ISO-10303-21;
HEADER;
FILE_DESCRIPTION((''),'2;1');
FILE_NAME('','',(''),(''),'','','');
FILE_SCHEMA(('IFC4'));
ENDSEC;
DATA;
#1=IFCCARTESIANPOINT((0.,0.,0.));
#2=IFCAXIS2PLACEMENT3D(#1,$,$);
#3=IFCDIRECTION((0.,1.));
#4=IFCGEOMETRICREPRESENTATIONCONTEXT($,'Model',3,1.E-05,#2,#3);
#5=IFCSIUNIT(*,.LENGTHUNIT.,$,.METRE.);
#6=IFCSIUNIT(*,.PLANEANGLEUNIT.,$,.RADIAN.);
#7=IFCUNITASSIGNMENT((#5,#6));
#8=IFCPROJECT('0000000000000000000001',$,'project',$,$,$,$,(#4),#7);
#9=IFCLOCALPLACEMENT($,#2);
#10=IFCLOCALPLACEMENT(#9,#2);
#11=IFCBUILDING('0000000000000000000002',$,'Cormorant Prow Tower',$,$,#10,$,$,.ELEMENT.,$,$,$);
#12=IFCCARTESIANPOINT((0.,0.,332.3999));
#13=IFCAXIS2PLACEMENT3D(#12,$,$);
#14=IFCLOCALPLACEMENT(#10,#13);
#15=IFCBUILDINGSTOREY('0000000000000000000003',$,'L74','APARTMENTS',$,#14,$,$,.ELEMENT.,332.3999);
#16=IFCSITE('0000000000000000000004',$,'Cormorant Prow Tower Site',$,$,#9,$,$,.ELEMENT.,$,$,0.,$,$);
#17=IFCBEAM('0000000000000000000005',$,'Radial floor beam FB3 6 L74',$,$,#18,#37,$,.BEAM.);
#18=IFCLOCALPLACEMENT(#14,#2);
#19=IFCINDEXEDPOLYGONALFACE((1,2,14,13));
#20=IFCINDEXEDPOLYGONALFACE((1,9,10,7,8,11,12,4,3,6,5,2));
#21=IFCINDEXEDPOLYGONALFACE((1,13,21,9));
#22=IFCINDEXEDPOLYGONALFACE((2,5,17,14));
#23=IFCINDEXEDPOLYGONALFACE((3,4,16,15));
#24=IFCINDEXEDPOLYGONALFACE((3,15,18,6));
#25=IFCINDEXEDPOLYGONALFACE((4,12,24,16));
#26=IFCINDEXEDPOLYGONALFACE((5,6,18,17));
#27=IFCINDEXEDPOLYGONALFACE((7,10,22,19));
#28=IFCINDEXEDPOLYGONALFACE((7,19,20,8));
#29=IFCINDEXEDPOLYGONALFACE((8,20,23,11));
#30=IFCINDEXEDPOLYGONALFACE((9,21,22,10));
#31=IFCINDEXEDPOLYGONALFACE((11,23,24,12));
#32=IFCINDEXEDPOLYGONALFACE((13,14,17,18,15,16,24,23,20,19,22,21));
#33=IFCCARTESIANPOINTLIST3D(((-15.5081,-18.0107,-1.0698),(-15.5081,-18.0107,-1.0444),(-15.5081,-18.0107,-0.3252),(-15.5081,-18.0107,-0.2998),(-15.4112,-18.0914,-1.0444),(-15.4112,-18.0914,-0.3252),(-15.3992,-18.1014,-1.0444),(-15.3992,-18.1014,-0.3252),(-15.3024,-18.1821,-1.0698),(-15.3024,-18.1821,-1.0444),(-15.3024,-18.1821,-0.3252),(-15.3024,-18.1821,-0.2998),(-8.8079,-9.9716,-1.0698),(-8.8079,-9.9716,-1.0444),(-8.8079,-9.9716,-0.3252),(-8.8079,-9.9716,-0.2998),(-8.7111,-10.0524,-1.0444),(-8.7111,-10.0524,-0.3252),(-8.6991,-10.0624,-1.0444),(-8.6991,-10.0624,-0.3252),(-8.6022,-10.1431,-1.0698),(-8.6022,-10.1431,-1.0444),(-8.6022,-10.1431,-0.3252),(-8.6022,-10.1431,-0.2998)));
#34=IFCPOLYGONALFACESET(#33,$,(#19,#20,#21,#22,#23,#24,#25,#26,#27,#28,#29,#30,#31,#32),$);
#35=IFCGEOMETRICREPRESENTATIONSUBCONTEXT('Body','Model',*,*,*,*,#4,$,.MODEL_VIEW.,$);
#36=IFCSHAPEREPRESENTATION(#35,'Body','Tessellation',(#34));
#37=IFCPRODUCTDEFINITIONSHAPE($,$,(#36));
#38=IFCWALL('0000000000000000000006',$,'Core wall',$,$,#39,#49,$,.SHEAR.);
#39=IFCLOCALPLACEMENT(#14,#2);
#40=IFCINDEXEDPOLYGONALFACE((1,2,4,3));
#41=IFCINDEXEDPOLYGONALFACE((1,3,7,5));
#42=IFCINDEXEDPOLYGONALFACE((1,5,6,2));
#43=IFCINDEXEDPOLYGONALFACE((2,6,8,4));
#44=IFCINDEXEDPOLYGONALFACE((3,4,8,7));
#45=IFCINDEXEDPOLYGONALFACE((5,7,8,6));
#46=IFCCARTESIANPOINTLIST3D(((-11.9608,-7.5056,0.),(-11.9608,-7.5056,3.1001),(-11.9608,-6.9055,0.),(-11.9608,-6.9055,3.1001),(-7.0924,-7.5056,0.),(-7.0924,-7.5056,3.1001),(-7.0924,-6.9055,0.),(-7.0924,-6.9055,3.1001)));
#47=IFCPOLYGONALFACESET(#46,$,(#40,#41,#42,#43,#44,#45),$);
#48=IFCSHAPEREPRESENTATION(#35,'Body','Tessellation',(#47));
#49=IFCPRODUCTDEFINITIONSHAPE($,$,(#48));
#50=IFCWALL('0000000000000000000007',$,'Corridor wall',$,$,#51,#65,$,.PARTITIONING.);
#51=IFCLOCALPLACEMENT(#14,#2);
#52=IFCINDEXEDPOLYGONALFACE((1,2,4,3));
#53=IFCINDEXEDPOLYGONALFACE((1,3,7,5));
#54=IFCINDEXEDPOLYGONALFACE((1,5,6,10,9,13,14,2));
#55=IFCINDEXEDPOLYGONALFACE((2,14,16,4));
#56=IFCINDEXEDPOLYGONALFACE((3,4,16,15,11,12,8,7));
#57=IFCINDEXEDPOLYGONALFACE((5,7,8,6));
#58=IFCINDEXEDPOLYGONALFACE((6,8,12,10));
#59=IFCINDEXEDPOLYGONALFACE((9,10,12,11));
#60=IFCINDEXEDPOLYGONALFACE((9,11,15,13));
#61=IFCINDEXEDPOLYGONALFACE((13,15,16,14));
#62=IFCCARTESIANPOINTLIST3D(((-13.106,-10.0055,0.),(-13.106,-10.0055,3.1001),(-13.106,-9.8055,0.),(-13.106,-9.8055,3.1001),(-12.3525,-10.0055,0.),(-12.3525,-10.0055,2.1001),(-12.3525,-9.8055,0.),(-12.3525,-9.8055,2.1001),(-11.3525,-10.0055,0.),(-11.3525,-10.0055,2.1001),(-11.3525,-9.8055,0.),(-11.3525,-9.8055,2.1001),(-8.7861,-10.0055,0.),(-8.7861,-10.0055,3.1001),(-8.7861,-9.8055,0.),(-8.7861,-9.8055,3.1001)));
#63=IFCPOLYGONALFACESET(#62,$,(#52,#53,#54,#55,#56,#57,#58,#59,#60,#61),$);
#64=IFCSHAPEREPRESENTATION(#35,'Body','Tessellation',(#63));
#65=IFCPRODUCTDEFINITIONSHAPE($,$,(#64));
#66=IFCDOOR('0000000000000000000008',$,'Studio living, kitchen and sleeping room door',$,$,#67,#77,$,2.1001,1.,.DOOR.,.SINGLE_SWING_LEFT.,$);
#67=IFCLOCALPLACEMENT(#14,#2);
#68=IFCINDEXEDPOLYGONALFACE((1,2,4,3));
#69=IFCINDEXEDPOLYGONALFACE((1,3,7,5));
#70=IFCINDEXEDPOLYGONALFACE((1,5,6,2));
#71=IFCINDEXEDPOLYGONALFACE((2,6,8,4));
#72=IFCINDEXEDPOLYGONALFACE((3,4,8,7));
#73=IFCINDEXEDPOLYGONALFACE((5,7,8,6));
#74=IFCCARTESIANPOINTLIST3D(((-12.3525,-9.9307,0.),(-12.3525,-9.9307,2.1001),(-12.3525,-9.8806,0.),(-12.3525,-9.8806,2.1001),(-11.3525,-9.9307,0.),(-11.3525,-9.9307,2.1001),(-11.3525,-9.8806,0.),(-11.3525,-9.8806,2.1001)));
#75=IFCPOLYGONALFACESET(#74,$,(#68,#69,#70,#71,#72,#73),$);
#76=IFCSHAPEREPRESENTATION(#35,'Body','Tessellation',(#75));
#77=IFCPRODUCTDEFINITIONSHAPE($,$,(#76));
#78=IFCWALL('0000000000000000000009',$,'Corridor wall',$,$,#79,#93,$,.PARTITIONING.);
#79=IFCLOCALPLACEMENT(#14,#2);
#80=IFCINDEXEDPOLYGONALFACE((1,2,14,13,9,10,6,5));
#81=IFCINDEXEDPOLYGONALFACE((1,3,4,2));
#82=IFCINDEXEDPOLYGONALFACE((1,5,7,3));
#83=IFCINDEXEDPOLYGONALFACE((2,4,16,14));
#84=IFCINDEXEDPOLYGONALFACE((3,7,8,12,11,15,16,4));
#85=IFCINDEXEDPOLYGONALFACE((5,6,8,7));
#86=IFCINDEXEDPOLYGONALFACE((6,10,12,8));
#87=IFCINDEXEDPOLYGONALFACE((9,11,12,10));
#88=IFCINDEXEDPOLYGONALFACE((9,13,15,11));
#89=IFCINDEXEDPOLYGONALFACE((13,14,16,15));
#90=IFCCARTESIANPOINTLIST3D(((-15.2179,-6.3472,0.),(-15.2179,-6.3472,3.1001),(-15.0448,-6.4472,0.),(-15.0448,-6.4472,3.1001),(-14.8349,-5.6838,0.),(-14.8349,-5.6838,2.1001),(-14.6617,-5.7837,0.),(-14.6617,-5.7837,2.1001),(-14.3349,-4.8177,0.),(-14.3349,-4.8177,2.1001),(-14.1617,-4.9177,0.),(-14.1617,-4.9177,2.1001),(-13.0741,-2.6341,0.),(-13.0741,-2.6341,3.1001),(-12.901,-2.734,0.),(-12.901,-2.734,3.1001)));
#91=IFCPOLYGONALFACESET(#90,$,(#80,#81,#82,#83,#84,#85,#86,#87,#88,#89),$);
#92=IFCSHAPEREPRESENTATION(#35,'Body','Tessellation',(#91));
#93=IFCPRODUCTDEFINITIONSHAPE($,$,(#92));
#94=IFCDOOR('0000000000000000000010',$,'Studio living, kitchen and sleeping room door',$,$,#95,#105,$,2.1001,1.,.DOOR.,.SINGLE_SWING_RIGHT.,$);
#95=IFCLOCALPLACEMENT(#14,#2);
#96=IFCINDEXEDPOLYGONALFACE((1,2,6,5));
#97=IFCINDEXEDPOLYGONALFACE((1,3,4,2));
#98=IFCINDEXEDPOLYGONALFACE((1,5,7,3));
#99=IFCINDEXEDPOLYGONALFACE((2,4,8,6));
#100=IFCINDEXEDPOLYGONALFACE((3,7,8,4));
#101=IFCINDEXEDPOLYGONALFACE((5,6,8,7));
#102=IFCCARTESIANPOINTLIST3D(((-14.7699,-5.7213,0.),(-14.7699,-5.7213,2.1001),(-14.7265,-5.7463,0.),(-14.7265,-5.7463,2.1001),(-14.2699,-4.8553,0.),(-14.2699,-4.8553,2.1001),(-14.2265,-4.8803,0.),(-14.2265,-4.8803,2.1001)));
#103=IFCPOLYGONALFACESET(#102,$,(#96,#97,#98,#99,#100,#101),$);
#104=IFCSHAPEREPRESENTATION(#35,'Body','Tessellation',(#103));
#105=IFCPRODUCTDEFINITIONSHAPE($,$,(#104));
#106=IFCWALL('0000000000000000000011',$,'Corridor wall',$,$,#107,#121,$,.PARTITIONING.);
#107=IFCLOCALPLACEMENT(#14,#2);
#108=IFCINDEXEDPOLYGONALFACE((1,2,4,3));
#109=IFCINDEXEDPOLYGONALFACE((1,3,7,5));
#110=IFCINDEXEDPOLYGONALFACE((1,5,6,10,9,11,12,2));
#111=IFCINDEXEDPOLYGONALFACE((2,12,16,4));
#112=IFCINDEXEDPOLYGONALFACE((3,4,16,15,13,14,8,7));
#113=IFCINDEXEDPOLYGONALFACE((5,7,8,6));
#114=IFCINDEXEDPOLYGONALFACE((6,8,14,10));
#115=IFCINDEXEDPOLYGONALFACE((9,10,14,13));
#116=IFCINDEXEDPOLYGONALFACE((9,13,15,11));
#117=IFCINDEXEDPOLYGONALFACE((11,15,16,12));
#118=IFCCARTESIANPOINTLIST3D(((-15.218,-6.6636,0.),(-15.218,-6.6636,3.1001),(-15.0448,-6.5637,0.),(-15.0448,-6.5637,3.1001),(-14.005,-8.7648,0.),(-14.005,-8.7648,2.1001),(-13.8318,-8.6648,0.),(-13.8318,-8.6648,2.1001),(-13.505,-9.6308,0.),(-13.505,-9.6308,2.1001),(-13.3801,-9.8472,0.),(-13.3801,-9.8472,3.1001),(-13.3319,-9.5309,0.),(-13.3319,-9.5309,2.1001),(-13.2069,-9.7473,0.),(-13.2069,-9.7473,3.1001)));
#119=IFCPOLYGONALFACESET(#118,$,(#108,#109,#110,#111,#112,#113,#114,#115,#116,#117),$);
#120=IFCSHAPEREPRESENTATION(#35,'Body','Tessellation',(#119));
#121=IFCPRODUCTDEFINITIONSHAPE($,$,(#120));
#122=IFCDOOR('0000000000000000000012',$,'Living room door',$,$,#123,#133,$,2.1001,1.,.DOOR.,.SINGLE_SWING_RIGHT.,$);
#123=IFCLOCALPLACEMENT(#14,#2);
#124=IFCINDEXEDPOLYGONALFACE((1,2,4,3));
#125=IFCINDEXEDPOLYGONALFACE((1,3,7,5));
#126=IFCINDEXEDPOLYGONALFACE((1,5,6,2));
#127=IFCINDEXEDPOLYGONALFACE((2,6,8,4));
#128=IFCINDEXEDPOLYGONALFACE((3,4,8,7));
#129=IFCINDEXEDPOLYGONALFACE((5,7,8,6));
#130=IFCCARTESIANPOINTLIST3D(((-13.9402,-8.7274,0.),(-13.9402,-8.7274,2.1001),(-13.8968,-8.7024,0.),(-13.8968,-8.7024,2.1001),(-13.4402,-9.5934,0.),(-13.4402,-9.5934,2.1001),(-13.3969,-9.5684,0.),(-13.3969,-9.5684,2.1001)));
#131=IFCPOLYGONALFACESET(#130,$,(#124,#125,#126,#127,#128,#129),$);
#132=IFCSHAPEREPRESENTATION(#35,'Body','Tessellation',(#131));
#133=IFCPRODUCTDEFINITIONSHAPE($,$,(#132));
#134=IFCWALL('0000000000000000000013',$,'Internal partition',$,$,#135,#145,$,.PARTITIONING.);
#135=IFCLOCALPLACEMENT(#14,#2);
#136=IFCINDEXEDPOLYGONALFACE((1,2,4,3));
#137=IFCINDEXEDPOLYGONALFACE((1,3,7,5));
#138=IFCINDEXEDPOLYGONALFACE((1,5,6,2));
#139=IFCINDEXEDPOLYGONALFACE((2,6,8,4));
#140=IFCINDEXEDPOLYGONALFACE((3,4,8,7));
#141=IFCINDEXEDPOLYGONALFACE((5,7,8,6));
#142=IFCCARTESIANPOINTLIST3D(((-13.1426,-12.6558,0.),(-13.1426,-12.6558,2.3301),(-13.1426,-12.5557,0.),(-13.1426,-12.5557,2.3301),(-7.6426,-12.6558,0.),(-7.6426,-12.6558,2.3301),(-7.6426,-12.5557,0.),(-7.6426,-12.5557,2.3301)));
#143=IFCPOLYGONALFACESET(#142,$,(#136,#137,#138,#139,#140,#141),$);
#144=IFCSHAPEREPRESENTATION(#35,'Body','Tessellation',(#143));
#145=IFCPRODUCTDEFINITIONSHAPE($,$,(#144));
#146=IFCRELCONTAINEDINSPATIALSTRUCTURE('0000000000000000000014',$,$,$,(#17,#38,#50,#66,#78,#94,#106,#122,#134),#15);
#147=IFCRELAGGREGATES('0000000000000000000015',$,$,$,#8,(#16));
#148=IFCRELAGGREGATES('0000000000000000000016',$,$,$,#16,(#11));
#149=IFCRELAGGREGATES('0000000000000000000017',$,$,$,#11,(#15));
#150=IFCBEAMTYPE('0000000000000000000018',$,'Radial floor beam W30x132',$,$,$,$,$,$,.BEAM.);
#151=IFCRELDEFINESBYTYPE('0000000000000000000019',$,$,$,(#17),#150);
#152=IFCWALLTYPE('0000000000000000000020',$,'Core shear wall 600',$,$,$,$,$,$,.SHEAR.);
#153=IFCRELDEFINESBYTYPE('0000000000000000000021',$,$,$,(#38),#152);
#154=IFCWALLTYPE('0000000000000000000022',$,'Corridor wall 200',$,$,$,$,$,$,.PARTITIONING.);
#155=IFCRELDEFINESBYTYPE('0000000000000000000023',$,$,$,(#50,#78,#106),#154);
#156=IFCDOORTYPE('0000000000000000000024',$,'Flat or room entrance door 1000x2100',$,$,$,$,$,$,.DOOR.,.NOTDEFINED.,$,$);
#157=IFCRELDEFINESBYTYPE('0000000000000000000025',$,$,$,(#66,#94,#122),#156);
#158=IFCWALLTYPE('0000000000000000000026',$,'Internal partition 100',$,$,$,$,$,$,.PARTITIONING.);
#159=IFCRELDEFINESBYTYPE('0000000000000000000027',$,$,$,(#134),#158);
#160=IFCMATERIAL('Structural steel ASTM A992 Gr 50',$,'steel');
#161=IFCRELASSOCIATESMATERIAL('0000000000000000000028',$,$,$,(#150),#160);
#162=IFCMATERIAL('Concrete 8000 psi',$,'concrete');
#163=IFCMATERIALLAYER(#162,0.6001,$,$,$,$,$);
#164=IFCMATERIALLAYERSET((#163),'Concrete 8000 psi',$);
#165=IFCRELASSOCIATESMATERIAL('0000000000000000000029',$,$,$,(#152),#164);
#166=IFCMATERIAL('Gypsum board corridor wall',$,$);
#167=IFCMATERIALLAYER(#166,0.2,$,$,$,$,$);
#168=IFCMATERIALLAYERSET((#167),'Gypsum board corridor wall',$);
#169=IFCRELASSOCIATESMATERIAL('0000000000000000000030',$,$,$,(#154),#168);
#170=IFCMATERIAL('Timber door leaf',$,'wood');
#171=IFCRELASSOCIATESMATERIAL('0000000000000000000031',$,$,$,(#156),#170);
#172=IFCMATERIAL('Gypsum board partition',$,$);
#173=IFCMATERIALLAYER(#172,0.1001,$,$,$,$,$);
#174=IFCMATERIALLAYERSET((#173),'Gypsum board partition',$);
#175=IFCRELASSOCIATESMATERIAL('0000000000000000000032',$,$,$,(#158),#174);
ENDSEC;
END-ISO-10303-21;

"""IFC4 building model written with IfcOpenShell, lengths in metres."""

from ifc_helpers import new_model, si_unit, direction, frame, frame_2d, origin, origin_2d, place, context, subcontext, project, spatial, rectangle, i_section, extrude, material, layer, layer_set, material_profile, profile_set, type_object, element, fill, save


model = new_model("IFC4")

# Units and contexts
model_context = context("Model", 3, precision=1e-05, world=origin(), true_north=direction((0.0, 1.0)))
body_context = subcontext(model_context, "Body", "Model", "MODEL_VIEW")
ifc_project = project(units=[si_unit("LENGTHUNIT", "METRE"), si_unit("PLANEANGLEUNIT", "RADIAN")], contexts=[model_context])

# Site, building, storey
site_placement = place(None, origin())
site = spatial("IfcSite", under=ifc_project, at=site_placement, Name="Cormorant Prow Tower Site", CompositionType="ELEMENT", RefElevation=0.0)
building_placement = place(site_placement, origin())
building = spatial("IfcBuilding", under=site, at=building_placement, Name="Cormorant Prow Tower", CompositionType="ELEMENT")
storey_placement = place(building_placement, frame((0.0, 0.0, 332.3999)))
storey = spatial("IfcBuildingStorey", under=building, at=storey_placement, Name="L74", Description="APARTMENTS", CompositionType="ELEMENT", Elevation=332.3999)

# Beam
ifc_material_1 = material(Name="Structural steel ASTM A992 Gr 50", Category="steel")
ifc_material_profile = material_profile(ifc_material_1, i_section(OverallWidth=0.2678, OverallDepth=0.77, WebThickness=0.0156, FlangeThickness=0.0254, at=origin_2d()), Name="W30x132")
ifc_profile_set = profile_set([ifc_material_profile], Name="Structural steel ASTM A992 Gr 50")
beam_type = type_object("IfcBeamType", Name="Radial floor beam W30x132", PredefinedType="BEAM", material=ifc_profile_set)
beam_placement = place(storey_placement, frame((-8.7051, -10.0574, -0.6848), z_axis=(-0.640239, -0.768175, 0.0), x_axis=(0.768175, -0.640239, 0.0)))
element("IfcBeam", 1, at=beam_placement, inside=storey, type_object=beam_type, Name="Radial floor beam FB3 6 L74", PredefinedType="BEAM", context=body_context, shape_type="SweptSolid", body=[
    extrude(i_section(OverallWidth=0.2678, OverallDepth=0.77, WebThickness=0.0156, FlangeThickness=0.0254, at=origin_2d()), origin(), (0.0, 0.0, 1.0), 10.4651),
])

# Wall
ifc_material_2 = material(Name="Concrete 8000 psi", Category="concrete")
ifc_layer_1 = layer(ifc_material_2, 0.6001)
ifc_layer_set_1 = layer_set([ifc_layer_1], Name="Concrete 8000 psi")
wall_type_1 = type_object("IfcWallType", Name="Core shear wall 600", PredefinedType="SHEAR", material=ifc_layer_set_1)
wall_1_placement = place(storey_placement, frame((-11.9607, -7.2056, 0.0), z_axis=(0.0, 0.0, 1.0), x_axis=(1.0, 0.0, 0.0)))
element("IfcWall", 2, at=wall_1_placement, inside=storey, type_object=wall_type_1, Name="Core wall", PredefinedType="SHEAR", context=body_context, shape_type="SweptSolid", body=[
    extrude(rectangle(XDim=4.8684, YDim=0.6001, at=frame_2d((2.4341, 0.0))), origin(), (0.0, 0.0, 1.0), 3.1001),
])

# Walls, openings, doors
ifc_material_3 = material(Name="Gypsum board corridor wall")
ifc_layer_2 = layer(ifc_material_3, 0.2)
ifc_layer_set_2 = layer_set([ifc_layer_2], Name="Gypsum board corridor wall")
wall_type_2 = type_object("IfcWallType", Name="Corridor wall 200", PredefinedType="PARTITIONING", material=ifc_layer_set_2)
wall_2_placement = place(storey_placement, frame((-13.106, -9.9055, 0.0), z_axis=(0.0, 0.0, 1.0), x_axis=(1.0, 0.0, 0.0)))
wall_2 = element("IfcWall", 3, at=wall_2_placement, inside=storey, type_object=wall_type_2, Name="Corridor wall", PredefinedType="PARTITIONING", context=body_context, shape_type="SweptSolid", body=[
    extrude(rectangle(XDim=4.3198, YDim=0.2, at=frame_2d((2.1599, 0.0))), origin(), (0.0, 0.0, 1.0), 3.1001),
])
opening_1_placement = place(wall_2_placement, frame((0.7534, 0.0, 0.0)))
opening_1 = element("IfcOpeningElement", 4, at=opening_1_placement, cuts=wall_2, PredefinedType="OPENING", context=body_context, shape_type="SweptSolid", body=[
    extrude(rectangle(XDim=1.0, YDim=2.1001, at=frame_2d((0.5, 1.05))), frame((0.0, 0.1099, 0.0), z_axis=(0.0, -1.0, 0.0), x_axis=(1.0, 0.0, 0.0)), (0.0, 0.0, 1.0), 0.22),
])
ifc_material_4 = material(Name="Timber door leaf", Category="wood")
door_type_1 = type_object("IfcDoorType", Name="Flat or room entrance door 1000x2100", OperationType="NOTDEFINED", PredefinedType="DOOR", material=ifc_material_4)
door_1_placement = place(opening_1_placement, origin())
door_1 = element("IfcDoor", 5, at=door_1_placement, inside=storey, type_object=door_type_1, Name="Studio living, kitchen and sleeping room door", OperationType="SINGLE_SWING_LEFT", OverallHeight=2.1001, OverallWidth=1.0, PredefinedType="DOOR", context=body_context, shape_type="SweptSolid", body=[
    extrude(rectangle(XDim=1.0, YDim=2.1001, at=frame_2d((0.5, 1.05))), frame((0.0, 0.0249, 0.0), z_axis=(0.0, -1.0, 0.0), x_axis=(1.0, 0.0, 0.0)), (0.0, 0.0, 1.0), 0.05),
])
fill(opening_1, door_1)
wall_3_placement = place(storey_placement, frame((-15.1313, -6.3972, 0.0), z_axis=(0.0, 0.0, 1.0), x_axis=(0.500003, 0.866023, 0.0)))
wall_3 = element("IfcWall", 6, at=wall_3_placement, inside=storey, type_object=wall_type_2, Name="Corridor wall", PredefinedType="PARTITIONING", context=body_context, shape_type="SweptSolid", body=[
    extrude(rectangle(XDim=4.2876, YDim=0.2, at=frame_2d((2.1438, 0.0))), origin(), (0.0, 0.0, 1.0), 3.1001),
])
opening_2_placement = place(wall_3_placement, frame((0.7661, 0.0, 0.0)))
opening_2 = element("IfcOpeningElement", 7, at=opening_2_placement, cuts=wall_3, PredefinedType="OPENING", context=body_context, shape_type="SweptSolid", body=[
    extrude(rectangle(XDim=1.0, YDim=2.1001, at=frame_2d((0.5, 1.05))), frame((0.0, 0.1099, 0.0), z_axis=(0.0, -1.0, 0.0), x_axis=(1.0, 0.0, 0.0)), (0.0, 0.0, 1.0), 0.22),
])
door_2_placement = place(opening_2_placement, origin())
door_2 = element("IfcDoor", 8, at=door_2_placement, inside=storey, type_object=door_type_1, Name="Studio living, kitchen and sleeping room door", OperationType="SINGLE_SWING_RIGHT", OverallHeight=2.1001, OverallWidth=1.0, PredefinedType="DOOR", context=body_context, shape_type="SweptSolid", body=[
    extrude(rectangle(XDim=1.0, YDim=2.1001, at=frame_2d((0.5, 1.05))), frame((0.0, 0.0249, 0.0), z_axis=(0.0, -1.0, 0.0), x_axis=(1.0, 0.0, 0.0)), (0.0, 0.0, 1.0), 0.05),
])
fill(opening_2, door_2)
wall_4_placement = place(storey_placement, frame((-15.1313, -6.6138, 0.0), z_axis=(0.0, 0.0, 1.0), x_axis=(0.499968, -0.866044, 0.0)))
wall_4 = element("IfcWall", 9, at=wall_4_placement, inside=storey, type_object=wall_type_2, Name="Corridor wall", PredefinedType="PARTITIONING", context=body_context, shape_type="SweptSolid", body=[
    extrude(rectangle(XDim=3.676, YDim=0.2, at=frame_2d((1.8379, 0.0))), origin(), (0.0, 0.0, 1.0), 3.1001),
])
opening_3_placement = place(wall_4_placement, frame((2.426, 0.0, 0.0)))
opening_3 = element("IfcOpeningElement", 10, at=opening_3_placement, cuts=wall_4, PredefinedType="OPENING", context=body_context, shape_type="SweptSolid", body=[
    extrude(rectangle(XDim=1.0, YDim=2.1001, at=frame_2d((0.5, 1.05))), frame((0.0, 0.1099, 0.0), z_axis=(0.0, -1.0, 0.0), x_axis=(1.0, 0.0, 0.0)), (0.0, 0.0, 1.0), 0.22),
])
door_3_placement = place(opening_3_placement, origin())
door_3 = element("IfcDoor", 11, at=door_3_placement, inside=storey, type_object=door_type_1, Name="Living room door", OperationType="SINGLE_SWING_RIGHT", OverallHeight=2.1001, OverallWidth=1.0, PredefinedType="DOOR", context=body_context, shape_type="SweptSolid", body=[
    extrude(rectangle(XDim=1.0, YDim=2.1001, at=frame_2d((0.5, 1.05))), frame((0.0, 0.0249, 0.0), z_axis=(0.0, -1.0, 0.0), x_axis=(1.0, 0.0, 0.0)), (0.0, 0.0, 1.0), 0.05),
])
fill(opening_3, door_3)

# Wall
ifc_material_5 = material(Name="Gypsum board partition")
ifc_layer_3 = layer(ifc_material_5, 0.1001)
ifc_layer_set_3 = layer_set([ifc_layer_3], Name="Gypsum board partition")
wall_type_3 = type_object("IfcWallType", Name="Internal partition 100", PredefinedType="PARTITIONING", material=ifc_layer_set_3)
wall_5_placement = place(storey_placement, frame((-13.1426, -12.6057, 0.0), z_axis=(0.0, 0.0, 1.0), x_axis=(1.0, 0.0, 0.0)))
element("IfcWall", 12, at=wall_5_placement, inside=storey, type_object=wall_type_3, Name="Internal partition", PredefinedType="PARTITIONING", context=body_context, shape_type="SweptSolid", body=[
    extrude(rectangle(XDim=5.5, YDim=0.1001, at=frame_2d((2.75, 0.0))), origin(), (0.0, 0.0, 1.0), 2.3301),
])

save(model, "model.ifc")
